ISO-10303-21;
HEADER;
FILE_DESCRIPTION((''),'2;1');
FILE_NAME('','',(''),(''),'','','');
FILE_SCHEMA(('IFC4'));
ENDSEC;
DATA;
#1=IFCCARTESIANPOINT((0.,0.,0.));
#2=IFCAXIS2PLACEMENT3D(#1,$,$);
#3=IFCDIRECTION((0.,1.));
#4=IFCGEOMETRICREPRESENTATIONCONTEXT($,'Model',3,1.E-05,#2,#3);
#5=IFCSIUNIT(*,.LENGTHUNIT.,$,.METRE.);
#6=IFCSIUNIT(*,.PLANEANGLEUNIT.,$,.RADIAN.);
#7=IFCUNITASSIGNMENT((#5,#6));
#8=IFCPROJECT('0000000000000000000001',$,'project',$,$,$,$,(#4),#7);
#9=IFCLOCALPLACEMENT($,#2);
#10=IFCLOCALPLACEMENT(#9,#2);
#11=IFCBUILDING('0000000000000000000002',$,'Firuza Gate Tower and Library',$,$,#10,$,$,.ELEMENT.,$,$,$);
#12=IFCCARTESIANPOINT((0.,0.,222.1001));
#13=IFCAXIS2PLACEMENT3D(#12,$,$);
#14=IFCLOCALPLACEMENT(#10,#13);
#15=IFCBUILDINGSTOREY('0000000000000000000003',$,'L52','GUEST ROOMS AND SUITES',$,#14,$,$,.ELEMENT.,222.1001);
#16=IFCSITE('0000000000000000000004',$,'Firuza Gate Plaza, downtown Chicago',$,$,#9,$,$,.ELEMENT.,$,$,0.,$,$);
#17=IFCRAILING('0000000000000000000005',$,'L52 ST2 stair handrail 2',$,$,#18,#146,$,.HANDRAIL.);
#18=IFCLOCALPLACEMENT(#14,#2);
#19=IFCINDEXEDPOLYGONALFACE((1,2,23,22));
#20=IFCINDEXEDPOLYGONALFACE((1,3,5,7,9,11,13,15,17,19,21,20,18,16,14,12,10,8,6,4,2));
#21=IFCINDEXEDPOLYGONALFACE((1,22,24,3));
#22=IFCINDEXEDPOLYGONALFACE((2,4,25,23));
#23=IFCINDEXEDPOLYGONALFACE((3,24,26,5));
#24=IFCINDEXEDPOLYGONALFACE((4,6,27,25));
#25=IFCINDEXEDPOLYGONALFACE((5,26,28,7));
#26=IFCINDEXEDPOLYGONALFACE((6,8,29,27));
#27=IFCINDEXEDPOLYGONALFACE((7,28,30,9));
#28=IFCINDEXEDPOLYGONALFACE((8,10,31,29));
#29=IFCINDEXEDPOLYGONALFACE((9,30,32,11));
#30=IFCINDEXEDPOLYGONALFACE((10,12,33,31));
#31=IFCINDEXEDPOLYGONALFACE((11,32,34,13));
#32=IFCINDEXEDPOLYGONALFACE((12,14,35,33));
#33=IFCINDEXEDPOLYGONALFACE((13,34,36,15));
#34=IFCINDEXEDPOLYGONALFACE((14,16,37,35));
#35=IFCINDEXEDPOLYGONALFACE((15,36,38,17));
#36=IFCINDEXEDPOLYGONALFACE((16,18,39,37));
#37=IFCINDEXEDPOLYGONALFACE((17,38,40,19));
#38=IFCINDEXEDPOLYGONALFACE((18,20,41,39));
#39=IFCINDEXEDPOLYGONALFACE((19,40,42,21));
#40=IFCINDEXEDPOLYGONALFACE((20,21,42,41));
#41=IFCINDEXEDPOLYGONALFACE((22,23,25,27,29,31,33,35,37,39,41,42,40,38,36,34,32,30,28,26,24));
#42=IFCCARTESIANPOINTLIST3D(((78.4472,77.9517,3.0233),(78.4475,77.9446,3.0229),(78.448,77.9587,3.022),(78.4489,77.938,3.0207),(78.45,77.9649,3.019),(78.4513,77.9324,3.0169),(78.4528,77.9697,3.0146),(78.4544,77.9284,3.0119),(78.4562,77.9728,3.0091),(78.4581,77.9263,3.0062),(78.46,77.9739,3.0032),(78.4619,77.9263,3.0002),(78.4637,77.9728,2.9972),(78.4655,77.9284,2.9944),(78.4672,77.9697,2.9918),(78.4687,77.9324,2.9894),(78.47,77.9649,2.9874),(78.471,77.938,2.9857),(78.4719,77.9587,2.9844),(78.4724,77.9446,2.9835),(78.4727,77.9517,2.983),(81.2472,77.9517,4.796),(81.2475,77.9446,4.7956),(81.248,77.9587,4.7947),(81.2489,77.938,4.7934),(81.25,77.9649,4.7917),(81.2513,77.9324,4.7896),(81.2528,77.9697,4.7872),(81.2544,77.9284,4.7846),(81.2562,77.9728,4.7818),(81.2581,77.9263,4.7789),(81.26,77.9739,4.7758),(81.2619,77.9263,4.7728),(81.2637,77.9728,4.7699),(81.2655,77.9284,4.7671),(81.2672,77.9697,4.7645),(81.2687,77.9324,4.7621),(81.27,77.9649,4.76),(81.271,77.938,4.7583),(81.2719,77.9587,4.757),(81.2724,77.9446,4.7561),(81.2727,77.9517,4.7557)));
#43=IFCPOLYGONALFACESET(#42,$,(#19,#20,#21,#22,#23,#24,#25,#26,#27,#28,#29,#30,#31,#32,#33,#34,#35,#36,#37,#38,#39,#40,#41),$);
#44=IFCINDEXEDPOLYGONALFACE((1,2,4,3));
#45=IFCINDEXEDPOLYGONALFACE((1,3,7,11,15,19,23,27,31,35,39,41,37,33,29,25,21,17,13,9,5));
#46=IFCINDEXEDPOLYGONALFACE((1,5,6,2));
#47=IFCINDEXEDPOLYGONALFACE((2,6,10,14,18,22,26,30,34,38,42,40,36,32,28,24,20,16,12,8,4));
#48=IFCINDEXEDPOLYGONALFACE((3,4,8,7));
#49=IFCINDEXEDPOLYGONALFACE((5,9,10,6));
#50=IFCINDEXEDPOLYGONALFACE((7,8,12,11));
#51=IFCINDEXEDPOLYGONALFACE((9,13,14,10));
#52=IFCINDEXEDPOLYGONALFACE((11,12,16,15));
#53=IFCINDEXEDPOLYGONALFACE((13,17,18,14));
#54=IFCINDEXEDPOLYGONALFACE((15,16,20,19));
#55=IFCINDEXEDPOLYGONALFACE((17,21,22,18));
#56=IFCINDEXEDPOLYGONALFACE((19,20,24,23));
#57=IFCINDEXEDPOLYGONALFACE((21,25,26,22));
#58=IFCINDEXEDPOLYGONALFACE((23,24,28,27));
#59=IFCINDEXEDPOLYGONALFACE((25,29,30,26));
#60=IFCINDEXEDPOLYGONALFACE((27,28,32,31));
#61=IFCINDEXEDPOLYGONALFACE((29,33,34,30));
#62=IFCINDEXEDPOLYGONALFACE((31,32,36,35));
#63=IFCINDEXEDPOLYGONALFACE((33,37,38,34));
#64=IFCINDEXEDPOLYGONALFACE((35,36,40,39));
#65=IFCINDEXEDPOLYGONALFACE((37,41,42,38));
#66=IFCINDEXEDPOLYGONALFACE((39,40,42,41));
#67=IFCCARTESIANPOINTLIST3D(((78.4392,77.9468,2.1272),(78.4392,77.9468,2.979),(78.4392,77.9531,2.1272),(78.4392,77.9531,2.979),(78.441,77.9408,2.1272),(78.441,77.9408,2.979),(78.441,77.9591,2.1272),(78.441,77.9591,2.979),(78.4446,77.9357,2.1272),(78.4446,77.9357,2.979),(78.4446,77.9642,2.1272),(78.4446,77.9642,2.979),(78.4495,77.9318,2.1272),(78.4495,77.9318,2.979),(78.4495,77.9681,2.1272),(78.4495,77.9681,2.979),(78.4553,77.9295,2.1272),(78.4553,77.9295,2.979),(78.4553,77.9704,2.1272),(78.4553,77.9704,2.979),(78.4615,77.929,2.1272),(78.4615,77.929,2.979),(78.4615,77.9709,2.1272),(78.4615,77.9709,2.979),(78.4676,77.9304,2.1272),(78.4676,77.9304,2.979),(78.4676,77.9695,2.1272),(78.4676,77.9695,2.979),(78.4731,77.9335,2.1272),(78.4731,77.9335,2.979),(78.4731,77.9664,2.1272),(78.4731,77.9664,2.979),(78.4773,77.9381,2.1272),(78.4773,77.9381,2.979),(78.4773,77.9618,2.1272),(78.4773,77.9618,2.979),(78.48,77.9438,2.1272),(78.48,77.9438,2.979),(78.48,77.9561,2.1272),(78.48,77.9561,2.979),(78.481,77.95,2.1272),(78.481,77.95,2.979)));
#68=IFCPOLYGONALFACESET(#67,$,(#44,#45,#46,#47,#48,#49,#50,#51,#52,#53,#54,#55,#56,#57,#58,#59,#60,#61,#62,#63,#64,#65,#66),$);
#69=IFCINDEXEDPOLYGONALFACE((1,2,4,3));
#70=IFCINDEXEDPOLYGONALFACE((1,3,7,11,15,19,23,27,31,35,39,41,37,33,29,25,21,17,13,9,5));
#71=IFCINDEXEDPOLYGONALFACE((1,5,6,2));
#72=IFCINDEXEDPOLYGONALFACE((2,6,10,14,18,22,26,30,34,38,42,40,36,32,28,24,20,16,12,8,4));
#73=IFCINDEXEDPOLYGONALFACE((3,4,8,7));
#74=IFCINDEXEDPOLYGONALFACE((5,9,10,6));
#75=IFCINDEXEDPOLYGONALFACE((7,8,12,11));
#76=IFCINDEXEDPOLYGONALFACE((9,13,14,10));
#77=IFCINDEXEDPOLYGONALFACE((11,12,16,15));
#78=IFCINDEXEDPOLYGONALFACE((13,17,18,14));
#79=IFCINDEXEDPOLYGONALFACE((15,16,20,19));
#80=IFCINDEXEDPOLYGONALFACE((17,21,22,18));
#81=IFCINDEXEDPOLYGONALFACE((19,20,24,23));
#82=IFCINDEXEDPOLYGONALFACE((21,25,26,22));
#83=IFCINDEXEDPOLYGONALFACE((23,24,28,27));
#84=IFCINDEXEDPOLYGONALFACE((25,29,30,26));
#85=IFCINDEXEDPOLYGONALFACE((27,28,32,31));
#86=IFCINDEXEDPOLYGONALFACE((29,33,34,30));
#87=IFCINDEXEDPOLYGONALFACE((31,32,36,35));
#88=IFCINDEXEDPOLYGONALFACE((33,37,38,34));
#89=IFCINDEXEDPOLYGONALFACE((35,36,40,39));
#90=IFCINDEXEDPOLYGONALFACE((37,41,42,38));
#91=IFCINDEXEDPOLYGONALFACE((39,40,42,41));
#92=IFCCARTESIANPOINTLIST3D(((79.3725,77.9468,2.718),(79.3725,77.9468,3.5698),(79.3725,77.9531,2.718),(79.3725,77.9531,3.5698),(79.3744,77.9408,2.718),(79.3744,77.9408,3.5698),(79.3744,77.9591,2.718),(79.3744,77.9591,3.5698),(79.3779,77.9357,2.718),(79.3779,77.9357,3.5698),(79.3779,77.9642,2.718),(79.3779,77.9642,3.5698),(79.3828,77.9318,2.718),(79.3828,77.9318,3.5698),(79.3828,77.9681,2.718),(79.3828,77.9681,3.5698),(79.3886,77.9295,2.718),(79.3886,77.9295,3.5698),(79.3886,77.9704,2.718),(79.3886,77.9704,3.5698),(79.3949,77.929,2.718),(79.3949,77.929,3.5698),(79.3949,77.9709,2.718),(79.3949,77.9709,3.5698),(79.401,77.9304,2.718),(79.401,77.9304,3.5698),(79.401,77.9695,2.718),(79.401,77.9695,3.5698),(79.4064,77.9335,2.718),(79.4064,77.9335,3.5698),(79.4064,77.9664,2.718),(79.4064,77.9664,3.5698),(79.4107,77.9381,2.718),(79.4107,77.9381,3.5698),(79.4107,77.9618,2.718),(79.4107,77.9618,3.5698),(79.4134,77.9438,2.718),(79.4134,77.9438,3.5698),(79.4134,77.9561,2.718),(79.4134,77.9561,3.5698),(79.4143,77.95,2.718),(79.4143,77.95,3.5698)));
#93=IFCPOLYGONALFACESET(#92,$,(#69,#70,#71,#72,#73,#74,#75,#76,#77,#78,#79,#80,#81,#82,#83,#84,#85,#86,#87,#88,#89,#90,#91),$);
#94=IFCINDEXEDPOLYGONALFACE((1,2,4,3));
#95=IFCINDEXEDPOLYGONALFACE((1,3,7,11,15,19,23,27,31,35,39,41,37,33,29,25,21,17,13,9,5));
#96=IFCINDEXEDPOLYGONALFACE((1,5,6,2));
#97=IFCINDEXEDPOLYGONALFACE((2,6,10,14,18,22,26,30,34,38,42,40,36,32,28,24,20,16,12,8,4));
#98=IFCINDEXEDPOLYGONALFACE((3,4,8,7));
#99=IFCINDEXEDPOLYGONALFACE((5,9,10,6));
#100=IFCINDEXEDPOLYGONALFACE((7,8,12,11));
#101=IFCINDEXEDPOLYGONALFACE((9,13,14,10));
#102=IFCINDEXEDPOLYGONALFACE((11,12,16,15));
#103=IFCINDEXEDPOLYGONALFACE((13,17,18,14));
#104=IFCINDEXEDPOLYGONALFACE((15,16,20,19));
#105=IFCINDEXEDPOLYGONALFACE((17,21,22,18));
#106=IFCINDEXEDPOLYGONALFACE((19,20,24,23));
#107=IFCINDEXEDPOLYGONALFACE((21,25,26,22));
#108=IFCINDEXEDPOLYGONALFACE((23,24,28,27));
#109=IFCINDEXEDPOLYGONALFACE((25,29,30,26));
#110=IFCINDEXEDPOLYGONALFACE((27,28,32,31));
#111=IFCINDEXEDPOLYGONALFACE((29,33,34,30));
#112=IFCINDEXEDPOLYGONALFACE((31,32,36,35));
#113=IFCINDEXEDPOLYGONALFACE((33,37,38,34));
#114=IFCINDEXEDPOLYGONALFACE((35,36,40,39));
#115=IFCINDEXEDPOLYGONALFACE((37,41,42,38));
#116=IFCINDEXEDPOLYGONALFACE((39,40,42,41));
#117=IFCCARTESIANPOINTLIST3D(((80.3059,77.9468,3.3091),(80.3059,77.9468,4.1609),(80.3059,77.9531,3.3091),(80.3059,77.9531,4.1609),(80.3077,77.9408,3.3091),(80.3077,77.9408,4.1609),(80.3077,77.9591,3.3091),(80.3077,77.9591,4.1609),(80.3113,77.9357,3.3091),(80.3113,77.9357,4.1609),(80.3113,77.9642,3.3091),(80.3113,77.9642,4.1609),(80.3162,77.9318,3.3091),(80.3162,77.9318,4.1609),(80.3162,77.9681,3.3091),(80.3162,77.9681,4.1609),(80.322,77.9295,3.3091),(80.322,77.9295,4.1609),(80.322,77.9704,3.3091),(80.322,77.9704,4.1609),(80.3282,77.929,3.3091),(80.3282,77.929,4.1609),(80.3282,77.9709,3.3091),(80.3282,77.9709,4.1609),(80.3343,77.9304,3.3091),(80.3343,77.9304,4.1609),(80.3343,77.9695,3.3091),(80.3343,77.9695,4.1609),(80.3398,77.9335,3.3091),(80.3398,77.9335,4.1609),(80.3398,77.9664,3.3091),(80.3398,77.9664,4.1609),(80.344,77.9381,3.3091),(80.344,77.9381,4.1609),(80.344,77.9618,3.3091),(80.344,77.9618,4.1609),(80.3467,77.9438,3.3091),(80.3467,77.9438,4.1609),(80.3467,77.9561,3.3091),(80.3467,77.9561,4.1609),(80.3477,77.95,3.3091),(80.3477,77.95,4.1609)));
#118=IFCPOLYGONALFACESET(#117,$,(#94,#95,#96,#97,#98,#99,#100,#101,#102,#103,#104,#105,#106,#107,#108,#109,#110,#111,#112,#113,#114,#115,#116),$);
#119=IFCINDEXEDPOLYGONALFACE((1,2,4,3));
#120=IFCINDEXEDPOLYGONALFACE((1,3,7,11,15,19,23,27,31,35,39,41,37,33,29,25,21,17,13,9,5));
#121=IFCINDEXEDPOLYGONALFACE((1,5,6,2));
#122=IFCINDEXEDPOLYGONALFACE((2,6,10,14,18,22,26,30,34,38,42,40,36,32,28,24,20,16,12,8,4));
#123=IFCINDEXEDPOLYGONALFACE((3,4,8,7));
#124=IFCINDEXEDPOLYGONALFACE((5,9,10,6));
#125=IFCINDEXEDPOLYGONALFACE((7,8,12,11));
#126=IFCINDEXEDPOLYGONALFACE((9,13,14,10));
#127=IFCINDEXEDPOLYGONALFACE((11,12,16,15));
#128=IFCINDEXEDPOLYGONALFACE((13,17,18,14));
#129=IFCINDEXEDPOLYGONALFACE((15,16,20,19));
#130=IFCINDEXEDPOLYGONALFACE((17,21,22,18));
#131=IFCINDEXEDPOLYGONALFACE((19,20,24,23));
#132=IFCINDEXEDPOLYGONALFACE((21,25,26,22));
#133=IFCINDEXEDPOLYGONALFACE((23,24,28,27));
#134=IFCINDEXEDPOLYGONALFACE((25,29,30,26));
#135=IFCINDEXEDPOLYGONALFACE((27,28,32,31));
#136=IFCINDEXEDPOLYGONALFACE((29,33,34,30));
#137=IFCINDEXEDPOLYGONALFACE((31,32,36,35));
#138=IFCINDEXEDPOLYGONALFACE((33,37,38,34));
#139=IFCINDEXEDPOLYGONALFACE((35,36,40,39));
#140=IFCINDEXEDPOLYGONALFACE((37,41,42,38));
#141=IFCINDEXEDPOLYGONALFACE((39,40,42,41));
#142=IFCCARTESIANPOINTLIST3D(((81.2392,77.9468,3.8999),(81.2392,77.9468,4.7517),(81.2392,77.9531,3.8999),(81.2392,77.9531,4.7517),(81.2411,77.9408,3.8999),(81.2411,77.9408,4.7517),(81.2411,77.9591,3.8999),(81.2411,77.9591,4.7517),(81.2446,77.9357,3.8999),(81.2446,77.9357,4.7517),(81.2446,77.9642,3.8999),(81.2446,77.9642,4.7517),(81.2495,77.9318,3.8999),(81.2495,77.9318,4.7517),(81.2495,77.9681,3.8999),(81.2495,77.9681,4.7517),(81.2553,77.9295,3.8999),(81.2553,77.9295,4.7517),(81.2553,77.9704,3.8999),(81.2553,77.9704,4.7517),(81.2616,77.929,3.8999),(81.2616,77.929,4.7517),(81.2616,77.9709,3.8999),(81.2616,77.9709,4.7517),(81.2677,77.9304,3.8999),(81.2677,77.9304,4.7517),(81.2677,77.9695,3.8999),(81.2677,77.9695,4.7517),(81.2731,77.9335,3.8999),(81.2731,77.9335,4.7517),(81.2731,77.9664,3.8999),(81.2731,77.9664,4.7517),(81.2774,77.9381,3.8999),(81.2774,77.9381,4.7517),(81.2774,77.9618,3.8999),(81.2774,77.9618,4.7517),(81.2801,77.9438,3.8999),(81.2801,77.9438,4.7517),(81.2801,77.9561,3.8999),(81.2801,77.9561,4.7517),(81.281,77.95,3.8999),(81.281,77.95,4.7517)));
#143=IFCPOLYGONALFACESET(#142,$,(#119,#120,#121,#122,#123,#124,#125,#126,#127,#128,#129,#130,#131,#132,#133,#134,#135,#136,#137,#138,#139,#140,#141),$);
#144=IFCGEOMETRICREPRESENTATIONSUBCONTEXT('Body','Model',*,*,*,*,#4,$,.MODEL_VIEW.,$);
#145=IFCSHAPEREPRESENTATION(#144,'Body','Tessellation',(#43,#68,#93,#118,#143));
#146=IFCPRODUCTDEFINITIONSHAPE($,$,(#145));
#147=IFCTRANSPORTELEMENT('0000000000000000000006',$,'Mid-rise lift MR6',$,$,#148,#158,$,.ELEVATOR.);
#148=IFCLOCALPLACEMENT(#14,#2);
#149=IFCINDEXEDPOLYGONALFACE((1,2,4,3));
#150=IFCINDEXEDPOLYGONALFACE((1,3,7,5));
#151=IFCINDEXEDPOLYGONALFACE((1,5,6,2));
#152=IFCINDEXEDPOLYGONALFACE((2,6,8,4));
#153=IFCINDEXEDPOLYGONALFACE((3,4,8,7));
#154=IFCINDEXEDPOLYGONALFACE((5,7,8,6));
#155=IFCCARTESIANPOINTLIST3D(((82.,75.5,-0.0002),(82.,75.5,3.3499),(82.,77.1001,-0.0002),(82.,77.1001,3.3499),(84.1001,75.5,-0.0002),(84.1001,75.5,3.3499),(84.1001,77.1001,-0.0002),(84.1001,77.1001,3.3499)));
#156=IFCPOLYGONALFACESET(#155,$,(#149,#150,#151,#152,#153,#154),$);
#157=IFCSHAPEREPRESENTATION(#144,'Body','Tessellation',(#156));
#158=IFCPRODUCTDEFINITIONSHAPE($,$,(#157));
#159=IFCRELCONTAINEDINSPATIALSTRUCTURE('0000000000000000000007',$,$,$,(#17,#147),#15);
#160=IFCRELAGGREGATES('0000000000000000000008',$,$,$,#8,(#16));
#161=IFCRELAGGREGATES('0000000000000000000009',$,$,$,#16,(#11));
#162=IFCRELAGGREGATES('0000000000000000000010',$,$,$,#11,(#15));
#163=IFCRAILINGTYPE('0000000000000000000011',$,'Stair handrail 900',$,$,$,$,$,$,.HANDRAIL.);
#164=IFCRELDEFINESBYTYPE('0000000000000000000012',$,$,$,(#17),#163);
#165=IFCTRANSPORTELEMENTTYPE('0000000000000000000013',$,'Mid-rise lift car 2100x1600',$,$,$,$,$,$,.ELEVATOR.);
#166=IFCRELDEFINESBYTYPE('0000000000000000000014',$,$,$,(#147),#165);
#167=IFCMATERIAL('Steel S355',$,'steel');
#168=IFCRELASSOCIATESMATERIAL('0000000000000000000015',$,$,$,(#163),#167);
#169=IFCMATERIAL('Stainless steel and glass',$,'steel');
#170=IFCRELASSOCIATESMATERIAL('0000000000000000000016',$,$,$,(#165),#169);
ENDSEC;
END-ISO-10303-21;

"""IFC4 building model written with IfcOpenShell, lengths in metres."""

from ifc_helpers import new_model, si_unit, direction, frame, origin, origin_2d, place, context, subcontext, project, spatial, rectangle, circle, extrude, material, type_object, element, save


model = new_model("IFC4")

# Units and contexts
model_context = context("Model", 3, precision=1e-05, world=origin(), true_north=direction((0.0, 1.0)))
body_context = subcontext(model_context, "Body", "Model", "MODEL_VIEW")
ifc_project = project(units=[si_unit("LENGTHUNIT", "METRE"), si_unit("PLANEANGLEUNIT", "RADIAN")], contexts=[model_context])

# Site, building, storey
site_placement = place(None, origin())
site = spatial("IfcSite", under=ifc_project, at=site_placement, Name="Firuza Gate Plaza, downtown Chicago", CompositionType="ELEMENT", RefElevation=0.0)
building_placement = place(site_placement, origin())
building = spatial("IfcBuilding", under=site, at=building_placement, Name="Firuza Gate Tower and Library", CompositionType="ELEMENT")
storey_placement = place(building_placement, frame((0.0, 0.0, 222.1001)))
storey = spatial("IfcBuildingStorey", under=building, at=storey_placement, Name="L52", Description="GUEST ROOMS AND SUITES", CompositionType="ELEMENT", Elevation=222.1001)

# Railing
ifc_material_1 = material(Name="Steel S355", Category="steel")
railing_type_1 = type_object("IfcRailingType", Name="Stair handrail 900", PredefinedType="HANDRAIL", material=ifc_material_1)
railing_1_placement = place(storey_placement, frame((78.46, 77.95, 2.1272)))
element("IfcRailing", 1, at=railing_1_placement, inside=storey, type_object=railing_type_1, Name="L52 ST2 stair handrail 2", PredefinedType="HANDRAIL", context=body_context, shape_type="SweptSolid", body=[
    extrude(circle(Radius=0.0239, at=origin_2d()), frame((0.0, 0.0, 0.876), z_axis=(0.844909, 0.0, 0.53491), x_axis=(0.0, 1.0, 0.0)), (0.0, 0.0, 1.0), 3.314),
    extrude(circle(Radius=0.021, at=origin_2d()), origin(), (0.0, 0.0, 1.0), 0.8518),
    extrude(circle(Radius=0.021, at=origin_2d()), frame((0.9333, 0.0, 0.5908)), (0.0, 0.0, 1.0), 0.8518),
    extrude(circle(Radius=0.021, at=origin_2d()), frame((1.8667, 0.0, 1.1819)), (0.0, 0.0, 1.0), 0.8518),
    extrude(circle(Radius=0.021, at=origin_2d()), frame((2.8, 0.0, 1.7727)), (0.0, 0.0, 1.0), 0.8518),
])

# Transport element
ifc_material_2 = material(Name="Stainless steel and glass", Category="steel")
transport_element_type = type_object("IfcTransportElementType", Name="Mid-rise lift car 2100x1600", PredefinedType="ELEVATOR", material=ifc_material_2)
transport_element_placement = place(storey_placement, frame((83.05, 76.3, -0.0002), z_axis=(0.0, 0.0, 1.0), x_axis=(1.0, 0.0, 0.0)))
element("IfcTransportElement", 2, at=transport_element_placement, inside=storey, type_object=transport_element_type, Name="Mid-rise lift MR6", PredefinedType="ELEVATOR", context=body_context, shape_type="SweptSolid", body=[
    extrude(rectangle(XDim=2.1001, YDim=1.6001, at=origin_2d()), origin(), (0.0, 0.0, 1.0), 3.3501),
])

save(model, "model.ifc")
